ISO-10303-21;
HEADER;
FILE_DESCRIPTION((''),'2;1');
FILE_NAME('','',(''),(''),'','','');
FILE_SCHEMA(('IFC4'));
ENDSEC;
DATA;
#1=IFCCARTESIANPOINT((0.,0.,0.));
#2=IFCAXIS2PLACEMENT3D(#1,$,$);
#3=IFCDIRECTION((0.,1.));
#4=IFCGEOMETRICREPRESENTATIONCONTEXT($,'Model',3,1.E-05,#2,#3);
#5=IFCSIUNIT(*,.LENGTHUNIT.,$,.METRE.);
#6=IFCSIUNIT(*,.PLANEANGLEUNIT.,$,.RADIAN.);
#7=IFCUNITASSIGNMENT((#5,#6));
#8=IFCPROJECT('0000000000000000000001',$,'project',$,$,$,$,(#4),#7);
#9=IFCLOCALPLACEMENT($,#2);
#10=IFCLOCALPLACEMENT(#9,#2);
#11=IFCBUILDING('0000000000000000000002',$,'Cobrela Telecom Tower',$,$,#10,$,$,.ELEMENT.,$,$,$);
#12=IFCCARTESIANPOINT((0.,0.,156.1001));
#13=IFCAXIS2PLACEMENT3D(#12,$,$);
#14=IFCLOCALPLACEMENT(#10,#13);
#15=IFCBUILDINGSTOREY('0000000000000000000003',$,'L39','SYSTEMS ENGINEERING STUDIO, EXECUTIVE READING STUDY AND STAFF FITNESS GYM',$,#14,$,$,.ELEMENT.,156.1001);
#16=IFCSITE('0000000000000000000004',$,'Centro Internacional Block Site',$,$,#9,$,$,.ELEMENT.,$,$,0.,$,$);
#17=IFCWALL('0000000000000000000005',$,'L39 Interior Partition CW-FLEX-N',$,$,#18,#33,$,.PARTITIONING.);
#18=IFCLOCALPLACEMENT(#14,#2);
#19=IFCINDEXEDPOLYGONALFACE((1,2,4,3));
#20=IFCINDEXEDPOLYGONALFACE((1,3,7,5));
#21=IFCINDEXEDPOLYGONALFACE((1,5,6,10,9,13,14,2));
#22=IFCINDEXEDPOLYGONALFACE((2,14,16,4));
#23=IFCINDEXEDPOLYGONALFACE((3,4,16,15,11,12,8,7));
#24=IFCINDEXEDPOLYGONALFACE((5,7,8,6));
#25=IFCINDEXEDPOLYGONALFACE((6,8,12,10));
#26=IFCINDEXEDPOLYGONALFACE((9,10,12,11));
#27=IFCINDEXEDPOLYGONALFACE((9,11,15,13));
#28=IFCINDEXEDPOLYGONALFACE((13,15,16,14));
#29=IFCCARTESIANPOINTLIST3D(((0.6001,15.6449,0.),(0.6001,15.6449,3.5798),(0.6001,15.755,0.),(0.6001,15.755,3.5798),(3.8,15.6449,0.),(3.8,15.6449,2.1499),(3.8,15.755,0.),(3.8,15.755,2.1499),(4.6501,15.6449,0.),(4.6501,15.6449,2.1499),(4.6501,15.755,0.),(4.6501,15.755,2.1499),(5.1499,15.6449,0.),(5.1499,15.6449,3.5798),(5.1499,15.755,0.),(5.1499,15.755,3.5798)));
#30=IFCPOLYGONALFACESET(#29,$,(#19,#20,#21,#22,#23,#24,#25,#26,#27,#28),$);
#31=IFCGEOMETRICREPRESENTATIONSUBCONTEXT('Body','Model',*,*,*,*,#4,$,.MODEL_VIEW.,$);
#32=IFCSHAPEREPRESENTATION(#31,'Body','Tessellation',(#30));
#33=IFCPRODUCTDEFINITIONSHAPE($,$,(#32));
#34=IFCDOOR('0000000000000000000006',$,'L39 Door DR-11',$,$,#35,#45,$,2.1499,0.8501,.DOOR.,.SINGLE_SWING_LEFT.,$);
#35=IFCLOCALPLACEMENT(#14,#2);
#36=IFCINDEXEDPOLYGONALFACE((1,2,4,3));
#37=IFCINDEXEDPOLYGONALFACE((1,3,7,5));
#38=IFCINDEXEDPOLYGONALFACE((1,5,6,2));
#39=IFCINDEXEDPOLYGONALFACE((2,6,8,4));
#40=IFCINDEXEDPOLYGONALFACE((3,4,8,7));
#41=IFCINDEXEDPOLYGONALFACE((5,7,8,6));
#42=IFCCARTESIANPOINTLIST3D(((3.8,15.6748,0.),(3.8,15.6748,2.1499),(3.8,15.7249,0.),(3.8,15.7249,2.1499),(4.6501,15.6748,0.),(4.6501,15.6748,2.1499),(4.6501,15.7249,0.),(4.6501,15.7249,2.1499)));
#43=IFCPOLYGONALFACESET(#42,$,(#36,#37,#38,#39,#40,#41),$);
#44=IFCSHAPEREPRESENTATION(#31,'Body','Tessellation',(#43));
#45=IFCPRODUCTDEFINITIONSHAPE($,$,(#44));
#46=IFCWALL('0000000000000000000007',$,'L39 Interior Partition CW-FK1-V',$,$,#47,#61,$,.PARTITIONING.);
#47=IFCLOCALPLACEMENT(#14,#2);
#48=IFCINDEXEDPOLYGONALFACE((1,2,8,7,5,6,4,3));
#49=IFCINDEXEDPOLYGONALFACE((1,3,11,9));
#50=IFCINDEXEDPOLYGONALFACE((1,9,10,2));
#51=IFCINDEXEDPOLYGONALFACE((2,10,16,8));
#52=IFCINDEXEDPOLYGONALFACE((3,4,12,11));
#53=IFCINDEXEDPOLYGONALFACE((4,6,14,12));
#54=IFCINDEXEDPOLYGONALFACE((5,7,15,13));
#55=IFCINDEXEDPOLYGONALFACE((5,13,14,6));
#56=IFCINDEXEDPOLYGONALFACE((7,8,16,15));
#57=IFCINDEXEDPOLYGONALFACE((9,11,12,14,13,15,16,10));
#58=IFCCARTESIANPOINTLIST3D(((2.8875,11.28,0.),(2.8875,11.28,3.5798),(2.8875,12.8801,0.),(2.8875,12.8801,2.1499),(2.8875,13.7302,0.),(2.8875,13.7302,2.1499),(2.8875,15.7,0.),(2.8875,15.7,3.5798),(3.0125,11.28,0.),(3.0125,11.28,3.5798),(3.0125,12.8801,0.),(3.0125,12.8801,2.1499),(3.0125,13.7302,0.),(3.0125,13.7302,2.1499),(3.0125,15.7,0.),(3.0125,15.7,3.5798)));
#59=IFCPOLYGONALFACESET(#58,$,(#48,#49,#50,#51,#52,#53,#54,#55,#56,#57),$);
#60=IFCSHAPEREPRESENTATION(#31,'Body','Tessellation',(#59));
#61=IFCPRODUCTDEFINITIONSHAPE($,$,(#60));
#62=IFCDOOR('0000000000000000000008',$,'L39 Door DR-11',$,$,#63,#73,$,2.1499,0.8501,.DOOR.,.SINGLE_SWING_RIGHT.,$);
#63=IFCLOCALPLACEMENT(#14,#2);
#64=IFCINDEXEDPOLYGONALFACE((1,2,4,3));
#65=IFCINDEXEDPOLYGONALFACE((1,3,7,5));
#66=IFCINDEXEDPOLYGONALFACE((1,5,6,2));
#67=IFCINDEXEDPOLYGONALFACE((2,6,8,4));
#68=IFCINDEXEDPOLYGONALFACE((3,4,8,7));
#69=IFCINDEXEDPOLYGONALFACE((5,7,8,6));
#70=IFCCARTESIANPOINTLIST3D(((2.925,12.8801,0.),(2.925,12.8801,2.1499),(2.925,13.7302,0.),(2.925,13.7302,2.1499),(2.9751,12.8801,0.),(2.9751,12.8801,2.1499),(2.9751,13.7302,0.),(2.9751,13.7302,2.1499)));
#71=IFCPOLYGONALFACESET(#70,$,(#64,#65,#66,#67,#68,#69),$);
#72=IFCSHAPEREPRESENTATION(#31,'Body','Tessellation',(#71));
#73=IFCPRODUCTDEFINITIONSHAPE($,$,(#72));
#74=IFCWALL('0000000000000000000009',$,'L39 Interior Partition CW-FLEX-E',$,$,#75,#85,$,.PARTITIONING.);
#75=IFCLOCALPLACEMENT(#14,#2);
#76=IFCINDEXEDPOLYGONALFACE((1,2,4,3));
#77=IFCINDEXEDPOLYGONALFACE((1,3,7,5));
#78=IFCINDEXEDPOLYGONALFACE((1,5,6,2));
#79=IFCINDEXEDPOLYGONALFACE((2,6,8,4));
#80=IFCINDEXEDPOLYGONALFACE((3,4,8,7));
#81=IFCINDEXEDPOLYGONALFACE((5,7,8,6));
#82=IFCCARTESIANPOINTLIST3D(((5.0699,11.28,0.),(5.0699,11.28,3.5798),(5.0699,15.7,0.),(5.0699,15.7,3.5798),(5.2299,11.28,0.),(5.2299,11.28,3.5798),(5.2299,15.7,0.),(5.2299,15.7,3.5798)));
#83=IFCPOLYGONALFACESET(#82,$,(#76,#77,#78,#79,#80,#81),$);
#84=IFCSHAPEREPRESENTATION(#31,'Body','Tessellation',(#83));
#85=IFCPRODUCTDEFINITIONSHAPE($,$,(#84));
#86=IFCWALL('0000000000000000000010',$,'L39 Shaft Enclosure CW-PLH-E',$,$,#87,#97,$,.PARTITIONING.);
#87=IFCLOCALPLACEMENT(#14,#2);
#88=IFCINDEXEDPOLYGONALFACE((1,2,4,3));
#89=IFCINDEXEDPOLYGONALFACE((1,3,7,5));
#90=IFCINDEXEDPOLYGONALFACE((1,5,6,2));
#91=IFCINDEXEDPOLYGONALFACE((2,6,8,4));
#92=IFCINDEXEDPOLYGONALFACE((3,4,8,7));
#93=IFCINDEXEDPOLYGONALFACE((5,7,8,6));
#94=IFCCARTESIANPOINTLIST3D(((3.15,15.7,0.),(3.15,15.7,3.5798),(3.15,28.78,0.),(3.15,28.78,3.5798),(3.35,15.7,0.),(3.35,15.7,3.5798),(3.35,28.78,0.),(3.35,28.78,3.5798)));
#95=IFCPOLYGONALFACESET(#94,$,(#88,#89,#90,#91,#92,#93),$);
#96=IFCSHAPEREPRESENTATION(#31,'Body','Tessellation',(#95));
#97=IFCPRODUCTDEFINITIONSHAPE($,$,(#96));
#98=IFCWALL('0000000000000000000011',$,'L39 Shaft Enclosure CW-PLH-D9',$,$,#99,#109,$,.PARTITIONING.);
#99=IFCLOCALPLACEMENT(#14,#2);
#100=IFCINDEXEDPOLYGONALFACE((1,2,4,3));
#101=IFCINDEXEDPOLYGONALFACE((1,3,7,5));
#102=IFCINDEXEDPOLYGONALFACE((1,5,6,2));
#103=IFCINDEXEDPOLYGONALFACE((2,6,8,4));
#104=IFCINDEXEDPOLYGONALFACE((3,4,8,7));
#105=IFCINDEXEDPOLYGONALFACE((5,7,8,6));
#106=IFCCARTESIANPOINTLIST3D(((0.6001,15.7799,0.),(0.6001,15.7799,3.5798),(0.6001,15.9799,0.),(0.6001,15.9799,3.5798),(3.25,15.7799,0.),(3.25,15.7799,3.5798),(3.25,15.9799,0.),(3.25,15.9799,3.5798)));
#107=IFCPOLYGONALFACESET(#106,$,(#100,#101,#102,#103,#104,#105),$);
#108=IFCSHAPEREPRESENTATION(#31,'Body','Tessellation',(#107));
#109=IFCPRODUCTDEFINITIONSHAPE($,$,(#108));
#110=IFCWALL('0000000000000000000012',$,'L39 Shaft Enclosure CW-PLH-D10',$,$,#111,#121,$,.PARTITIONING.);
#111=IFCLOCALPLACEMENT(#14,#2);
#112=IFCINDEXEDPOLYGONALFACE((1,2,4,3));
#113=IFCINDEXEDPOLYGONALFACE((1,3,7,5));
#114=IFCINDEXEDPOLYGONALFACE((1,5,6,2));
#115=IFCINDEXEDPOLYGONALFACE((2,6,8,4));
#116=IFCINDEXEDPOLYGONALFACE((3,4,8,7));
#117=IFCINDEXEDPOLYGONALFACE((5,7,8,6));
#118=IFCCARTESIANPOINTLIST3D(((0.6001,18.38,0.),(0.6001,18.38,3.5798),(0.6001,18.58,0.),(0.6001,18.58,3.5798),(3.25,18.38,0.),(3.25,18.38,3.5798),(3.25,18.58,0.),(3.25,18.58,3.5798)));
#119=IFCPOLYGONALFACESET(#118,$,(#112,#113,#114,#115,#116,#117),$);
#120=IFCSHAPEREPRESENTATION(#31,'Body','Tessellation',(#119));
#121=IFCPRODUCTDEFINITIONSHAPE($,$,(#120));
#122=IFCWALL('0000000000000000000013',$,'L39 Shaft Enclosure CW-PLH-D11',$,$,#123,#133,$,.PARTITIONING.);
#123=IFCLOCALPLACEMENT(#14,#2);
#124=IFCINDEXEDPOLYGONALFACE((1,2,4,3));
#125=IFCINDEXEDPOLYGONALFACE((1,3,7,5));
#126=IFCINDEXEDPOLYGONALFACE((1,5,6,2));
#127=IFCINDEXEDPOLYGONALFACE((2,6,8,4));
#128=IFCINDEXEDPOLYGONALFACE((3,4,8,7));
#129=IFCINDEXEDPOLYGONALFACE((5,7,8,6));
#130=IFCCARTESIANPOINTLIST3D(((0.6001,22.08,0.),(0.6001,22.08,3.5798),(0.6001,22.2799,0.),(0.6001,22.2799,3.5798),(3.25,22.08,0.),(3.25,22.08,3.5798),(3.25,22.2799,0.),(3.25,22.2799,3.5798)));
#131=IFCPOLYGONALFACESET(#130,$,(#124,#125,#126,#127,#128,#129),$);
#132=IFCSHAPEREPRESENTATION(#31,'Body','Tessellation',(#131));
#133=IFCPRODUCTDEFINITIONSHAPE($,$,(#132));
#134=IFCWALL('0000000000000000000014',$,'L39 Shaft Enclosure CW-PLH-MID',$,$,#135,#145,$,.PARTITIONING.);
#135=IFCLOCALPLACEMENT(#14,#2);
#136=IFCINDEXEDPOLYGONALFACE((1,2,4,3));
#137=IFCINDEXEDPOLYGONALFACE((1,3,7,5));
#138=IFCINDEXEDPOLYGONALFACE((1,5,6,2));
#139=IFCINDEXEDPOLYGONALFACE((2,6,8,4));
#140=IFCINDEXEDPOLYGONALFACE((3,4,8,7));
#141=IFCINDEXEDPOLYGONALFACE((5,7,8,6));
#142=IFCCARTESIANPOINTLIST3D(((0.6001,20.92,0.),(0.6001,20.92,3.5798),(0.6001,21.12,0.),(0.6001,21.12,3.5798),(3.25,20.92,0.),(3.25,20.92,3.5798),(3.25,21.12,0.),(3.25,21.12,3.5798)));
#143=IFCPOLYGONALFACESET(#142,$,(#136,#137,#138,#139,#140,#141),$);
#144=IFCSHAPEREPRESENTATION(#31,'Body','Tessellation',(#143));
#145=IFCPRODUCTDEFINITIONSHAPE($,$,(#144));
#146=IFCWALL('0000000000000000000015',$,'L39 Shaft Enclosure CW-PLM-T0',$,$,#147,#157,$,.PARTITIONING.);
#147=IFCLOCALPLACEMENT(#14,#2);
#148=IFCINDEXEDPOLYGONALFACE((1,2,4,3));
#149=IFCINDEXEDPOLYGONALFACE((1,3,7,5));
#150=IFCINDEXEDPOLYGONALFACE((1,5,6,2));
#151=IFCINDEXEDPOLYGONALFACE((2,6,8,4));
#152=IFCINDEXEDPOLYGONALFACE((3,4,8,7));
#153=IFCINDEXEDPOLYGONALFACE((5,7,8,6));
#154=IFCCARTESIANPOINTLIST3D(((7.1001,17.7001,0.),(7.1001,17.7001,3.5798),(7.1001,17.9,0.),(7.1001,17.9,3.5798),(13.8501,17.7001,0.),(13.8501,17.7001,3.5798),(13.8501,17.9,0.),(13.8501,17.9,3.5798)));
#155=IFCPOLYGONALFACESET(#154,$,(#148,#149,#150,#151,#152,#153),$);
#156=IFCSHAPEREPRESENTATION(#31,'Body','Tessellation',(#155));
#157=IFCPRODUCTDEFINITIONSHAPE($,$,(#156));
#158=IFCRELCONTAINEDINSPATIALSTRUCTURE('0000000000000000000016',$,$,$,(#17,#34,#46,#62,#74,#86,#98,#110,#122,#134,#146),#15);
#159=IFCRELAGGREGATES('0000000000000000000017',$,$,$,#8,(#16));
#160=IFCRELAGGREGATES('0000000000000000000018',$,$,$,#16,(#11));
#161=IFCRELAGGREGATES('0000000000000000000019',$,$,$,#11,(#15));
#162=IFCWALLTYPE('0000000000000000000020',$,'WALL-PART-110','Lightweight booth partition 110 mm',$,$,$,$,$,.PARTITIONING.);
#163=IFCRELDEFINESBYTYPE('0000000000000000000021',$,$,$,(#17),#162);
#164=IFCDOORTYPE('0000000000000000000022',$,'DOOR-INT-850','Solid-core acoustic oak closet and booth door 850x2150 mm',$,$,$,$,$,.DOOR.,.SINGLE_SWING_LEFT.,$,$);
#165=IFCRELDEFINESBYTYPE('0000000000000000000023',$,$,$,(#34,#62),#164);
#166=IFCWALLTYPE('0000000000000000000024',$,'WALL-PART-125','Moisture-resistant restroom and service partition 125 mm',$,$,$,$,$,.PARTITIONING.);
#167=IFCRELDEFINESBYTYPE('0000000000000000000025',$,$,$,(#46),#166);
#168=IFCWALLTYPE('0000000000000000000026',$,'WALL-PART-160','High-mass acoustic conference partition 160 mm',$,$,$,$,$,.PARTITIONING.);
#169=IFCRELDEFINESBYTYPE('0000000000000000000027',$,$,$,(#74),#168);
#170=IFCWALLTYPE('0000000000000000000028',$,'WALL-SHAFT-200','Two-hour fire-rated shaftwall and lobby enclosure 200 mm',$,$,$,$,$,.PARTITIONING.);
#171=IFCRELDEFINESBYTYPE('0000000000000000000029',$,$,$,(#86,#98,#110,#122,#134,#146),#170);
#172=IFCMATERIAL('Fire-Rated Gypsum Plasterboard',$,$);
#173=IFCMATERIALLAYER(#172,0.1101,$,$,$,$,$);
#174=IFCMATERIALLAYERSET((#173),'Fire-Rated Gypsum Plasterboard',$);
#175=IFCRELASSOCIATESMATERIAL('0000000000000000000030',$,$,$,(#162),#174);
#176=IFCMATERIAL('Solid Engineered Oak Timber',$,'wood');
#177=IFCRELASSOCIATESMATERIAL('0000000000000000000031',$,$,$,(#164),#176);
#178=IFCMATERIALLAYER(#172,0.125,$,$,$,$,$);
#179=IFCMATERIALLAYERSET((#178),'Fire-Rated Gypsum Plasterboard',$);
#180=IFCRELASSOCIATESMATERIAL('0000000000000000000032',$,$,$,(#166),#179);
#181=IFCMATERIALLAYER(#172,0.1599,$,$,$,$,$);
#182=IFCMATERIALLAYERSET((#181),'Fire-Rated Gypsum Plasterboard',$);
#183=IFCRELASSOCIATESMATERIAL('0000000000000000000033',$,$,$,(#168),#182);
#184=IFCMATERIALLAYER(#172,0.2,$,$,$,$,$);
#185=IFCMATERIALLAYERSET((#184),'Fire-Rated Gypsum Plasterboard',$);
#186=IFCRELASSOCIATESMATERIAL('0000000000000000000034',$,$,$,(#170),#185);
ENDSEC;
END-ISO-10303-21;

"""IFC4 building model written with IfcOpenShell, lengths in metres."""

from ifc_helpers import new_model, si_unit, direction, frame, frame_2d, origin, place, context, subcontext, project, spatial, rectangle, extrude, material, layer, layer_set, type_object, element, fill, save


model = new_model("IFC4")

# Units and contexts
model_context = context("Model", 3, precision=1e-05, world=origin(), true_north=direction((0.0, 1.0)))
body_context = subcontext(model_context, "Body", "Model", "MODEL_VIEW")
ifc_project = project(units=[si_unit("LENGTHUNIT", "METRE"), si_unit("PLANEANGLEUNIT", "RADIAN")], contexts=[model_context])

# Site, building, storey
site_placement = place(None, origin())
site = spatial("IfcSite", under=ifc_project, at=site_placement, Name="Centro Internacional Block Site", CompositionType="ELEMENT", RefElevation=0.0)
building_placement = place(site_placement, origin())
building = spatial("IfcBuilding", under=site, at=building_placement, Name="Cobrela Telecom Tower", CompositionType="ELEMENT")
storey_placement = place(building_placement, frame((0.0, 0.0, 156.1001)))
storey = spatial("IfcBuildingStorey", under=building, at=storey_placement, Name="L39", Description="SYSTEMS ENGINEERING STUDIO, EXECUTIVE READING STUDY AND STAFF FITNESS GYM", CompositionType="ELEMENT", Elevation=156.1001)

# Walls, openings, doors
ifc_material_1 = material(Name="Fire-Rated Gypsum Plasterboard")
ifc_layer_1 = layer(ifc_material_1, 0.1101)
ifc_layer_set_1 = layer_set([ifc_layer_1], Name="Fire-Rated Gypsum Plasterboard")
wall_type_1 = type_object("IfcWallType", Name="WALL-PART-110", Description="Lightweight booth partition 110 mm", PredefinedType="PARTITIONING", material=ifc_layer_set_1)
wall_1_placement = place(storey_placement, frame((0.6001, 15.7, 0.0), z_axis=(0.0, 0.0, 1.0), x_axis=(1.0, 0.0, 0.0)))
wall_1 = element("IfcWall", 1, at=wall_1_placement, inside=storey, type_object=wall_type_1, Name="L39 Interior Partition CW-FLEX-N", PredefinedType="PARTITIONING", context=body_context, shape_type="SweptSolid", body=[
    extrude(rectangle(XDim=4.5498, YDim=0.1101, at=frame_2d((2.2749, 0.0))), origin(), (0.0, 0.0, 1.0), 3.5798),
])
opening_1_placement = place(wall_1_placement, frame((3.2, 0.0, 0.0)))
opening_1 = element("IfcOpeningElement", 2, at=opening_1_placement, cuts=wall_1, PredefinedType="OPENING", context=body_context, shape_type="SweptSolid", body=[
    extrude(rectangle(XDim=0.8501, YDim=2.1499, at=frame_2d((0.425, 1.075))), frame((0.0, 0.0669, 0.0), z_axis=(0.0, -1.0, 0.0), x_axis=(1.0, 0.0, 0.0)), (0.0, 0.0, 1.0), 0.134),
])
ifc_material_2 = material(Name="Solid Engineered Oak Timber", Category="wood")
door_type_1 = type_object("IfcDoorType", Name="DOOR-INT-850", Description="Solid-core acoustic oak closet and booth door 850x2150 mm", OperationType="SINGLE_SWING_LEFT", PredefinedType="DOOR", material=ifc_material_2)
door_1_placement = place(opening_1_placement, origin())
door_1 = element("IfcDoor", 3, at=door_1_placement, inside=storey, type_object=door_type_1, Name="L39 Door DR-11", OperationType="SINGLE_SWING_LEFT", OverallHeight=2.1499, OverallWidth=0.8501, PredefinedType="DOOR", context=body_context, shape_type="SweptSolid", body=[
    extrude(rectangle(XDim=0.8501, YDim=2.1499, at=frame_2d((0.425, 1.075))), frame((0.0, 0.0249, 0.0), z_axis=(0.0, -1.0, 0.0), x_axis=(1.0, 0.0, 0.0)), (0.0, 0.0, 1.0), 0.05),
])
fill(opening_1, door_1)
ifc_layer_2 = layer(ifc_material_1, 0.125)
ifc_layer_set_2 = layer_set([ifc_layer_2], Name="Fire-Rated Gypsum Plasterboard")
wall_type_2 = type_object("IfcWallType", Name="WALL-PART-125", Description="Moisture-resistant restroom and service partition 125 mm", PredefinedType="PARTITIONING", material=ifc_layer_set_2)
wall_2_placement = place(storey_placement, frame((2.95, 11.28, 0.0), z_axis=(0.0, 0.0, 1.0), x_axis=(0.0, 1.0, 0.0)))
wall_2 = element("IfcWall", 4, at=wall_2_placement, inside=storey, type_object=wall_type_2, Name="L39 Interior Partition CW-FK1-V", PredefinedType="PARTITIONING", context=body_context, shape_type="SweptSolid", body=[
    extrude(rectangle(XDim=4.4199, YDim=0.125, at=frame_2d((2.21, 0.0))), origin(), (0.0, 0.0, 1.0), 3.5798),
])
opening_2_placement = place(wall_2_placement, frame((1.6001, 0.0, 0.0)))
opening_2 = element("IfcOpeningElement", 5, at=opening_2_placement, cuts=wall_2, PredefinedType="OPENING", context=body_context, shape_type="SweptSolid", body=[
    extrude(rectangle(XDim=0.8501, YDim=2.1499, at=frame_2d((0.425, 1.075))), frame((0.0, 0.0745, 0.0), z_axis=(0.0, -1.0, 0.0), x_axis=(1.0, 0.0, 0.0)), (0.0, 0.0, 1.0), 0.1489),
])
door_2_placement = place(opening_2_placement, origin())
door_2 = element("IfcDoor", 6, at=door_2_placement, inside=storey, type_object=door_type_1, Name="L39 Door DR-11", OperationType="SINGLE_SWING_RIGHT", OverallHeight=2.1499, OverallWidth=0.8501, PredefinedType="DOOR", context=body_context, shape_type="SweptSolid", body=[
    extrude(rectangle(XDim=0.8501, YDim=2.1499, at=frame_2d((0.425, 1.075))), frame((0.0, 0.0249, 0.0), z_axis=(0.0, -1.0, 0.0), x_axis=(1.0, 0.0, 0.0)), (0.0, 0.0, 1.0), 0.05),
])
fill(opening_2, door_2)

# Walls
ifc_layer_3 = layer(ifc_material_1, 0.1599)
ifc_layer_set_3 = layer_set([ifc_layer_3], Name="Fire-Rated Gypsum Plasterboard")
wall_type_3 = type_object("IfcWallType", Name="WALL-PART-160", Description="High-mass acoustic conference partition 160 mm", PredefinedType="PARTITIONING", material=ifc_layer_set_3)
wall_3_placement = place(storey_placement, frame((5.1499, 11.28, 0.0), z_axis=(0.0, 0.0, 1.0), x_axis=(0.0, 1.0, 0.0)))
element("IfcWall", 7, at=wall_3_placement, inside=storey, type_object=wall_type_3, Name="L39 Interior Partition CW-FLEX-E", PredefinedType="PARTITIONING", context=body_context, shape_type="SweptSolid", body=[
    extrude(rectangle(XDim=4.4199, YDim=0.1599, at=frame_2d((2.21, 0.0))), origin(), (0.0, 0.0, 1.0), 3.5798),
])
ifc_layer_4 = layer(ifc_material_1, 0.2)
ifc_layer_set_4 = layer_set([ifc_layer_4], Name="Fire-Rated Gypsum Plasterboard")
wall_type_4 = type_object("IfcWallType", Name="WALL-SHAFT-200", Description="Two-hour fire-rated shaftwall and lobby enclosure 200 mm", PredefinedType="PARTITIONING", material=ifc_layer_set_4)
wall_4_placement = place(storey_placement, frame((3.25, 15.7, 0.0), z_axis=(0.0, 0.0, 1.0), x_axis=(0.0, 1.0, 0.0)))
element("IfcWall", 8, at=wall_4_placement, inside=storey, type_object=wall_type_4, Name="L39 Shaft Enclosure CW-PLH-E", PredefinedType="PARTITIONING", context=body_context, shape_type="SweptSolid", body=[
    extrude(rectangle(XDim=13.0801, YDim=0.2, at=frame_2d((6.54, 0.0))), origin(), (0.0, 0.0, 1.0), 3.5798),
])
for number, where, z_axis, x_axis, name in (
    (9, (0.6001, 15.8799, 0.0), (0.0, 0.0, 1.0), (1.0, 0.0, 0.0), "L39 Shaft Enclosure CW-PLH-D9"),
    (10, (0.6001, 18.48, 0.0), (0.0, 0.0, 1.0), (1.0, 0.0, 0.0), "L39 Shaft Enclosure CW-PLH-D10"),
    (11, (0.6001, 22.1799, 0.0), (0.0, 0.0, 1.0), (1.0, 0.0, 0.0), "L39 Shaft Enclosure CW-PLH-D11"),
    (12, (0.6001, 21.02, 0.0), (0.0, 0.0, 1.0), (1.0, 0.0, 0.0), "L39 Shaft Enclosure CW-PLH-MID"),
):
    element("IfcWall", number, at=place(storey_placement, frame(where, z_axis=z_axis, x_axis=x_axis)), inside=storey, type_object=wall_type_4, Name=name, PredefinedType="PARTITIONING", context=body_context, shape_type="SweptSolid", body=[
        extrude(rectangle(XDim=2.6499, YDim=0.2, at=frame_2d((1.325, 0.0))), origin(), (0.0, 0.0, 1.0), 3.5798),
    ])
wall_5_placement = place(storey_placement, frame((7.1001, 17.8, 0.0), z_axis=(0.0, 0.0, 1.0), x_axis=(1.0, 0.0, 0.0)))
element("IfcWall", 13, at=wall_5_placement, inside=storey, type_object=wall_type_4, Name="L39 Shaft Enclosure CW-PLM-T0", PredefinedType="PARTITIONING", context=body_context, shape_type="SweptSolid", body=[
    extrude(rectangle(XDim=6.75, YDim=0.2, at=frame_2d((3.375, 0.0))), origin(), (0.0, 0.0, 1.0), 3.5798),
])

save(model, "model.ifc")
